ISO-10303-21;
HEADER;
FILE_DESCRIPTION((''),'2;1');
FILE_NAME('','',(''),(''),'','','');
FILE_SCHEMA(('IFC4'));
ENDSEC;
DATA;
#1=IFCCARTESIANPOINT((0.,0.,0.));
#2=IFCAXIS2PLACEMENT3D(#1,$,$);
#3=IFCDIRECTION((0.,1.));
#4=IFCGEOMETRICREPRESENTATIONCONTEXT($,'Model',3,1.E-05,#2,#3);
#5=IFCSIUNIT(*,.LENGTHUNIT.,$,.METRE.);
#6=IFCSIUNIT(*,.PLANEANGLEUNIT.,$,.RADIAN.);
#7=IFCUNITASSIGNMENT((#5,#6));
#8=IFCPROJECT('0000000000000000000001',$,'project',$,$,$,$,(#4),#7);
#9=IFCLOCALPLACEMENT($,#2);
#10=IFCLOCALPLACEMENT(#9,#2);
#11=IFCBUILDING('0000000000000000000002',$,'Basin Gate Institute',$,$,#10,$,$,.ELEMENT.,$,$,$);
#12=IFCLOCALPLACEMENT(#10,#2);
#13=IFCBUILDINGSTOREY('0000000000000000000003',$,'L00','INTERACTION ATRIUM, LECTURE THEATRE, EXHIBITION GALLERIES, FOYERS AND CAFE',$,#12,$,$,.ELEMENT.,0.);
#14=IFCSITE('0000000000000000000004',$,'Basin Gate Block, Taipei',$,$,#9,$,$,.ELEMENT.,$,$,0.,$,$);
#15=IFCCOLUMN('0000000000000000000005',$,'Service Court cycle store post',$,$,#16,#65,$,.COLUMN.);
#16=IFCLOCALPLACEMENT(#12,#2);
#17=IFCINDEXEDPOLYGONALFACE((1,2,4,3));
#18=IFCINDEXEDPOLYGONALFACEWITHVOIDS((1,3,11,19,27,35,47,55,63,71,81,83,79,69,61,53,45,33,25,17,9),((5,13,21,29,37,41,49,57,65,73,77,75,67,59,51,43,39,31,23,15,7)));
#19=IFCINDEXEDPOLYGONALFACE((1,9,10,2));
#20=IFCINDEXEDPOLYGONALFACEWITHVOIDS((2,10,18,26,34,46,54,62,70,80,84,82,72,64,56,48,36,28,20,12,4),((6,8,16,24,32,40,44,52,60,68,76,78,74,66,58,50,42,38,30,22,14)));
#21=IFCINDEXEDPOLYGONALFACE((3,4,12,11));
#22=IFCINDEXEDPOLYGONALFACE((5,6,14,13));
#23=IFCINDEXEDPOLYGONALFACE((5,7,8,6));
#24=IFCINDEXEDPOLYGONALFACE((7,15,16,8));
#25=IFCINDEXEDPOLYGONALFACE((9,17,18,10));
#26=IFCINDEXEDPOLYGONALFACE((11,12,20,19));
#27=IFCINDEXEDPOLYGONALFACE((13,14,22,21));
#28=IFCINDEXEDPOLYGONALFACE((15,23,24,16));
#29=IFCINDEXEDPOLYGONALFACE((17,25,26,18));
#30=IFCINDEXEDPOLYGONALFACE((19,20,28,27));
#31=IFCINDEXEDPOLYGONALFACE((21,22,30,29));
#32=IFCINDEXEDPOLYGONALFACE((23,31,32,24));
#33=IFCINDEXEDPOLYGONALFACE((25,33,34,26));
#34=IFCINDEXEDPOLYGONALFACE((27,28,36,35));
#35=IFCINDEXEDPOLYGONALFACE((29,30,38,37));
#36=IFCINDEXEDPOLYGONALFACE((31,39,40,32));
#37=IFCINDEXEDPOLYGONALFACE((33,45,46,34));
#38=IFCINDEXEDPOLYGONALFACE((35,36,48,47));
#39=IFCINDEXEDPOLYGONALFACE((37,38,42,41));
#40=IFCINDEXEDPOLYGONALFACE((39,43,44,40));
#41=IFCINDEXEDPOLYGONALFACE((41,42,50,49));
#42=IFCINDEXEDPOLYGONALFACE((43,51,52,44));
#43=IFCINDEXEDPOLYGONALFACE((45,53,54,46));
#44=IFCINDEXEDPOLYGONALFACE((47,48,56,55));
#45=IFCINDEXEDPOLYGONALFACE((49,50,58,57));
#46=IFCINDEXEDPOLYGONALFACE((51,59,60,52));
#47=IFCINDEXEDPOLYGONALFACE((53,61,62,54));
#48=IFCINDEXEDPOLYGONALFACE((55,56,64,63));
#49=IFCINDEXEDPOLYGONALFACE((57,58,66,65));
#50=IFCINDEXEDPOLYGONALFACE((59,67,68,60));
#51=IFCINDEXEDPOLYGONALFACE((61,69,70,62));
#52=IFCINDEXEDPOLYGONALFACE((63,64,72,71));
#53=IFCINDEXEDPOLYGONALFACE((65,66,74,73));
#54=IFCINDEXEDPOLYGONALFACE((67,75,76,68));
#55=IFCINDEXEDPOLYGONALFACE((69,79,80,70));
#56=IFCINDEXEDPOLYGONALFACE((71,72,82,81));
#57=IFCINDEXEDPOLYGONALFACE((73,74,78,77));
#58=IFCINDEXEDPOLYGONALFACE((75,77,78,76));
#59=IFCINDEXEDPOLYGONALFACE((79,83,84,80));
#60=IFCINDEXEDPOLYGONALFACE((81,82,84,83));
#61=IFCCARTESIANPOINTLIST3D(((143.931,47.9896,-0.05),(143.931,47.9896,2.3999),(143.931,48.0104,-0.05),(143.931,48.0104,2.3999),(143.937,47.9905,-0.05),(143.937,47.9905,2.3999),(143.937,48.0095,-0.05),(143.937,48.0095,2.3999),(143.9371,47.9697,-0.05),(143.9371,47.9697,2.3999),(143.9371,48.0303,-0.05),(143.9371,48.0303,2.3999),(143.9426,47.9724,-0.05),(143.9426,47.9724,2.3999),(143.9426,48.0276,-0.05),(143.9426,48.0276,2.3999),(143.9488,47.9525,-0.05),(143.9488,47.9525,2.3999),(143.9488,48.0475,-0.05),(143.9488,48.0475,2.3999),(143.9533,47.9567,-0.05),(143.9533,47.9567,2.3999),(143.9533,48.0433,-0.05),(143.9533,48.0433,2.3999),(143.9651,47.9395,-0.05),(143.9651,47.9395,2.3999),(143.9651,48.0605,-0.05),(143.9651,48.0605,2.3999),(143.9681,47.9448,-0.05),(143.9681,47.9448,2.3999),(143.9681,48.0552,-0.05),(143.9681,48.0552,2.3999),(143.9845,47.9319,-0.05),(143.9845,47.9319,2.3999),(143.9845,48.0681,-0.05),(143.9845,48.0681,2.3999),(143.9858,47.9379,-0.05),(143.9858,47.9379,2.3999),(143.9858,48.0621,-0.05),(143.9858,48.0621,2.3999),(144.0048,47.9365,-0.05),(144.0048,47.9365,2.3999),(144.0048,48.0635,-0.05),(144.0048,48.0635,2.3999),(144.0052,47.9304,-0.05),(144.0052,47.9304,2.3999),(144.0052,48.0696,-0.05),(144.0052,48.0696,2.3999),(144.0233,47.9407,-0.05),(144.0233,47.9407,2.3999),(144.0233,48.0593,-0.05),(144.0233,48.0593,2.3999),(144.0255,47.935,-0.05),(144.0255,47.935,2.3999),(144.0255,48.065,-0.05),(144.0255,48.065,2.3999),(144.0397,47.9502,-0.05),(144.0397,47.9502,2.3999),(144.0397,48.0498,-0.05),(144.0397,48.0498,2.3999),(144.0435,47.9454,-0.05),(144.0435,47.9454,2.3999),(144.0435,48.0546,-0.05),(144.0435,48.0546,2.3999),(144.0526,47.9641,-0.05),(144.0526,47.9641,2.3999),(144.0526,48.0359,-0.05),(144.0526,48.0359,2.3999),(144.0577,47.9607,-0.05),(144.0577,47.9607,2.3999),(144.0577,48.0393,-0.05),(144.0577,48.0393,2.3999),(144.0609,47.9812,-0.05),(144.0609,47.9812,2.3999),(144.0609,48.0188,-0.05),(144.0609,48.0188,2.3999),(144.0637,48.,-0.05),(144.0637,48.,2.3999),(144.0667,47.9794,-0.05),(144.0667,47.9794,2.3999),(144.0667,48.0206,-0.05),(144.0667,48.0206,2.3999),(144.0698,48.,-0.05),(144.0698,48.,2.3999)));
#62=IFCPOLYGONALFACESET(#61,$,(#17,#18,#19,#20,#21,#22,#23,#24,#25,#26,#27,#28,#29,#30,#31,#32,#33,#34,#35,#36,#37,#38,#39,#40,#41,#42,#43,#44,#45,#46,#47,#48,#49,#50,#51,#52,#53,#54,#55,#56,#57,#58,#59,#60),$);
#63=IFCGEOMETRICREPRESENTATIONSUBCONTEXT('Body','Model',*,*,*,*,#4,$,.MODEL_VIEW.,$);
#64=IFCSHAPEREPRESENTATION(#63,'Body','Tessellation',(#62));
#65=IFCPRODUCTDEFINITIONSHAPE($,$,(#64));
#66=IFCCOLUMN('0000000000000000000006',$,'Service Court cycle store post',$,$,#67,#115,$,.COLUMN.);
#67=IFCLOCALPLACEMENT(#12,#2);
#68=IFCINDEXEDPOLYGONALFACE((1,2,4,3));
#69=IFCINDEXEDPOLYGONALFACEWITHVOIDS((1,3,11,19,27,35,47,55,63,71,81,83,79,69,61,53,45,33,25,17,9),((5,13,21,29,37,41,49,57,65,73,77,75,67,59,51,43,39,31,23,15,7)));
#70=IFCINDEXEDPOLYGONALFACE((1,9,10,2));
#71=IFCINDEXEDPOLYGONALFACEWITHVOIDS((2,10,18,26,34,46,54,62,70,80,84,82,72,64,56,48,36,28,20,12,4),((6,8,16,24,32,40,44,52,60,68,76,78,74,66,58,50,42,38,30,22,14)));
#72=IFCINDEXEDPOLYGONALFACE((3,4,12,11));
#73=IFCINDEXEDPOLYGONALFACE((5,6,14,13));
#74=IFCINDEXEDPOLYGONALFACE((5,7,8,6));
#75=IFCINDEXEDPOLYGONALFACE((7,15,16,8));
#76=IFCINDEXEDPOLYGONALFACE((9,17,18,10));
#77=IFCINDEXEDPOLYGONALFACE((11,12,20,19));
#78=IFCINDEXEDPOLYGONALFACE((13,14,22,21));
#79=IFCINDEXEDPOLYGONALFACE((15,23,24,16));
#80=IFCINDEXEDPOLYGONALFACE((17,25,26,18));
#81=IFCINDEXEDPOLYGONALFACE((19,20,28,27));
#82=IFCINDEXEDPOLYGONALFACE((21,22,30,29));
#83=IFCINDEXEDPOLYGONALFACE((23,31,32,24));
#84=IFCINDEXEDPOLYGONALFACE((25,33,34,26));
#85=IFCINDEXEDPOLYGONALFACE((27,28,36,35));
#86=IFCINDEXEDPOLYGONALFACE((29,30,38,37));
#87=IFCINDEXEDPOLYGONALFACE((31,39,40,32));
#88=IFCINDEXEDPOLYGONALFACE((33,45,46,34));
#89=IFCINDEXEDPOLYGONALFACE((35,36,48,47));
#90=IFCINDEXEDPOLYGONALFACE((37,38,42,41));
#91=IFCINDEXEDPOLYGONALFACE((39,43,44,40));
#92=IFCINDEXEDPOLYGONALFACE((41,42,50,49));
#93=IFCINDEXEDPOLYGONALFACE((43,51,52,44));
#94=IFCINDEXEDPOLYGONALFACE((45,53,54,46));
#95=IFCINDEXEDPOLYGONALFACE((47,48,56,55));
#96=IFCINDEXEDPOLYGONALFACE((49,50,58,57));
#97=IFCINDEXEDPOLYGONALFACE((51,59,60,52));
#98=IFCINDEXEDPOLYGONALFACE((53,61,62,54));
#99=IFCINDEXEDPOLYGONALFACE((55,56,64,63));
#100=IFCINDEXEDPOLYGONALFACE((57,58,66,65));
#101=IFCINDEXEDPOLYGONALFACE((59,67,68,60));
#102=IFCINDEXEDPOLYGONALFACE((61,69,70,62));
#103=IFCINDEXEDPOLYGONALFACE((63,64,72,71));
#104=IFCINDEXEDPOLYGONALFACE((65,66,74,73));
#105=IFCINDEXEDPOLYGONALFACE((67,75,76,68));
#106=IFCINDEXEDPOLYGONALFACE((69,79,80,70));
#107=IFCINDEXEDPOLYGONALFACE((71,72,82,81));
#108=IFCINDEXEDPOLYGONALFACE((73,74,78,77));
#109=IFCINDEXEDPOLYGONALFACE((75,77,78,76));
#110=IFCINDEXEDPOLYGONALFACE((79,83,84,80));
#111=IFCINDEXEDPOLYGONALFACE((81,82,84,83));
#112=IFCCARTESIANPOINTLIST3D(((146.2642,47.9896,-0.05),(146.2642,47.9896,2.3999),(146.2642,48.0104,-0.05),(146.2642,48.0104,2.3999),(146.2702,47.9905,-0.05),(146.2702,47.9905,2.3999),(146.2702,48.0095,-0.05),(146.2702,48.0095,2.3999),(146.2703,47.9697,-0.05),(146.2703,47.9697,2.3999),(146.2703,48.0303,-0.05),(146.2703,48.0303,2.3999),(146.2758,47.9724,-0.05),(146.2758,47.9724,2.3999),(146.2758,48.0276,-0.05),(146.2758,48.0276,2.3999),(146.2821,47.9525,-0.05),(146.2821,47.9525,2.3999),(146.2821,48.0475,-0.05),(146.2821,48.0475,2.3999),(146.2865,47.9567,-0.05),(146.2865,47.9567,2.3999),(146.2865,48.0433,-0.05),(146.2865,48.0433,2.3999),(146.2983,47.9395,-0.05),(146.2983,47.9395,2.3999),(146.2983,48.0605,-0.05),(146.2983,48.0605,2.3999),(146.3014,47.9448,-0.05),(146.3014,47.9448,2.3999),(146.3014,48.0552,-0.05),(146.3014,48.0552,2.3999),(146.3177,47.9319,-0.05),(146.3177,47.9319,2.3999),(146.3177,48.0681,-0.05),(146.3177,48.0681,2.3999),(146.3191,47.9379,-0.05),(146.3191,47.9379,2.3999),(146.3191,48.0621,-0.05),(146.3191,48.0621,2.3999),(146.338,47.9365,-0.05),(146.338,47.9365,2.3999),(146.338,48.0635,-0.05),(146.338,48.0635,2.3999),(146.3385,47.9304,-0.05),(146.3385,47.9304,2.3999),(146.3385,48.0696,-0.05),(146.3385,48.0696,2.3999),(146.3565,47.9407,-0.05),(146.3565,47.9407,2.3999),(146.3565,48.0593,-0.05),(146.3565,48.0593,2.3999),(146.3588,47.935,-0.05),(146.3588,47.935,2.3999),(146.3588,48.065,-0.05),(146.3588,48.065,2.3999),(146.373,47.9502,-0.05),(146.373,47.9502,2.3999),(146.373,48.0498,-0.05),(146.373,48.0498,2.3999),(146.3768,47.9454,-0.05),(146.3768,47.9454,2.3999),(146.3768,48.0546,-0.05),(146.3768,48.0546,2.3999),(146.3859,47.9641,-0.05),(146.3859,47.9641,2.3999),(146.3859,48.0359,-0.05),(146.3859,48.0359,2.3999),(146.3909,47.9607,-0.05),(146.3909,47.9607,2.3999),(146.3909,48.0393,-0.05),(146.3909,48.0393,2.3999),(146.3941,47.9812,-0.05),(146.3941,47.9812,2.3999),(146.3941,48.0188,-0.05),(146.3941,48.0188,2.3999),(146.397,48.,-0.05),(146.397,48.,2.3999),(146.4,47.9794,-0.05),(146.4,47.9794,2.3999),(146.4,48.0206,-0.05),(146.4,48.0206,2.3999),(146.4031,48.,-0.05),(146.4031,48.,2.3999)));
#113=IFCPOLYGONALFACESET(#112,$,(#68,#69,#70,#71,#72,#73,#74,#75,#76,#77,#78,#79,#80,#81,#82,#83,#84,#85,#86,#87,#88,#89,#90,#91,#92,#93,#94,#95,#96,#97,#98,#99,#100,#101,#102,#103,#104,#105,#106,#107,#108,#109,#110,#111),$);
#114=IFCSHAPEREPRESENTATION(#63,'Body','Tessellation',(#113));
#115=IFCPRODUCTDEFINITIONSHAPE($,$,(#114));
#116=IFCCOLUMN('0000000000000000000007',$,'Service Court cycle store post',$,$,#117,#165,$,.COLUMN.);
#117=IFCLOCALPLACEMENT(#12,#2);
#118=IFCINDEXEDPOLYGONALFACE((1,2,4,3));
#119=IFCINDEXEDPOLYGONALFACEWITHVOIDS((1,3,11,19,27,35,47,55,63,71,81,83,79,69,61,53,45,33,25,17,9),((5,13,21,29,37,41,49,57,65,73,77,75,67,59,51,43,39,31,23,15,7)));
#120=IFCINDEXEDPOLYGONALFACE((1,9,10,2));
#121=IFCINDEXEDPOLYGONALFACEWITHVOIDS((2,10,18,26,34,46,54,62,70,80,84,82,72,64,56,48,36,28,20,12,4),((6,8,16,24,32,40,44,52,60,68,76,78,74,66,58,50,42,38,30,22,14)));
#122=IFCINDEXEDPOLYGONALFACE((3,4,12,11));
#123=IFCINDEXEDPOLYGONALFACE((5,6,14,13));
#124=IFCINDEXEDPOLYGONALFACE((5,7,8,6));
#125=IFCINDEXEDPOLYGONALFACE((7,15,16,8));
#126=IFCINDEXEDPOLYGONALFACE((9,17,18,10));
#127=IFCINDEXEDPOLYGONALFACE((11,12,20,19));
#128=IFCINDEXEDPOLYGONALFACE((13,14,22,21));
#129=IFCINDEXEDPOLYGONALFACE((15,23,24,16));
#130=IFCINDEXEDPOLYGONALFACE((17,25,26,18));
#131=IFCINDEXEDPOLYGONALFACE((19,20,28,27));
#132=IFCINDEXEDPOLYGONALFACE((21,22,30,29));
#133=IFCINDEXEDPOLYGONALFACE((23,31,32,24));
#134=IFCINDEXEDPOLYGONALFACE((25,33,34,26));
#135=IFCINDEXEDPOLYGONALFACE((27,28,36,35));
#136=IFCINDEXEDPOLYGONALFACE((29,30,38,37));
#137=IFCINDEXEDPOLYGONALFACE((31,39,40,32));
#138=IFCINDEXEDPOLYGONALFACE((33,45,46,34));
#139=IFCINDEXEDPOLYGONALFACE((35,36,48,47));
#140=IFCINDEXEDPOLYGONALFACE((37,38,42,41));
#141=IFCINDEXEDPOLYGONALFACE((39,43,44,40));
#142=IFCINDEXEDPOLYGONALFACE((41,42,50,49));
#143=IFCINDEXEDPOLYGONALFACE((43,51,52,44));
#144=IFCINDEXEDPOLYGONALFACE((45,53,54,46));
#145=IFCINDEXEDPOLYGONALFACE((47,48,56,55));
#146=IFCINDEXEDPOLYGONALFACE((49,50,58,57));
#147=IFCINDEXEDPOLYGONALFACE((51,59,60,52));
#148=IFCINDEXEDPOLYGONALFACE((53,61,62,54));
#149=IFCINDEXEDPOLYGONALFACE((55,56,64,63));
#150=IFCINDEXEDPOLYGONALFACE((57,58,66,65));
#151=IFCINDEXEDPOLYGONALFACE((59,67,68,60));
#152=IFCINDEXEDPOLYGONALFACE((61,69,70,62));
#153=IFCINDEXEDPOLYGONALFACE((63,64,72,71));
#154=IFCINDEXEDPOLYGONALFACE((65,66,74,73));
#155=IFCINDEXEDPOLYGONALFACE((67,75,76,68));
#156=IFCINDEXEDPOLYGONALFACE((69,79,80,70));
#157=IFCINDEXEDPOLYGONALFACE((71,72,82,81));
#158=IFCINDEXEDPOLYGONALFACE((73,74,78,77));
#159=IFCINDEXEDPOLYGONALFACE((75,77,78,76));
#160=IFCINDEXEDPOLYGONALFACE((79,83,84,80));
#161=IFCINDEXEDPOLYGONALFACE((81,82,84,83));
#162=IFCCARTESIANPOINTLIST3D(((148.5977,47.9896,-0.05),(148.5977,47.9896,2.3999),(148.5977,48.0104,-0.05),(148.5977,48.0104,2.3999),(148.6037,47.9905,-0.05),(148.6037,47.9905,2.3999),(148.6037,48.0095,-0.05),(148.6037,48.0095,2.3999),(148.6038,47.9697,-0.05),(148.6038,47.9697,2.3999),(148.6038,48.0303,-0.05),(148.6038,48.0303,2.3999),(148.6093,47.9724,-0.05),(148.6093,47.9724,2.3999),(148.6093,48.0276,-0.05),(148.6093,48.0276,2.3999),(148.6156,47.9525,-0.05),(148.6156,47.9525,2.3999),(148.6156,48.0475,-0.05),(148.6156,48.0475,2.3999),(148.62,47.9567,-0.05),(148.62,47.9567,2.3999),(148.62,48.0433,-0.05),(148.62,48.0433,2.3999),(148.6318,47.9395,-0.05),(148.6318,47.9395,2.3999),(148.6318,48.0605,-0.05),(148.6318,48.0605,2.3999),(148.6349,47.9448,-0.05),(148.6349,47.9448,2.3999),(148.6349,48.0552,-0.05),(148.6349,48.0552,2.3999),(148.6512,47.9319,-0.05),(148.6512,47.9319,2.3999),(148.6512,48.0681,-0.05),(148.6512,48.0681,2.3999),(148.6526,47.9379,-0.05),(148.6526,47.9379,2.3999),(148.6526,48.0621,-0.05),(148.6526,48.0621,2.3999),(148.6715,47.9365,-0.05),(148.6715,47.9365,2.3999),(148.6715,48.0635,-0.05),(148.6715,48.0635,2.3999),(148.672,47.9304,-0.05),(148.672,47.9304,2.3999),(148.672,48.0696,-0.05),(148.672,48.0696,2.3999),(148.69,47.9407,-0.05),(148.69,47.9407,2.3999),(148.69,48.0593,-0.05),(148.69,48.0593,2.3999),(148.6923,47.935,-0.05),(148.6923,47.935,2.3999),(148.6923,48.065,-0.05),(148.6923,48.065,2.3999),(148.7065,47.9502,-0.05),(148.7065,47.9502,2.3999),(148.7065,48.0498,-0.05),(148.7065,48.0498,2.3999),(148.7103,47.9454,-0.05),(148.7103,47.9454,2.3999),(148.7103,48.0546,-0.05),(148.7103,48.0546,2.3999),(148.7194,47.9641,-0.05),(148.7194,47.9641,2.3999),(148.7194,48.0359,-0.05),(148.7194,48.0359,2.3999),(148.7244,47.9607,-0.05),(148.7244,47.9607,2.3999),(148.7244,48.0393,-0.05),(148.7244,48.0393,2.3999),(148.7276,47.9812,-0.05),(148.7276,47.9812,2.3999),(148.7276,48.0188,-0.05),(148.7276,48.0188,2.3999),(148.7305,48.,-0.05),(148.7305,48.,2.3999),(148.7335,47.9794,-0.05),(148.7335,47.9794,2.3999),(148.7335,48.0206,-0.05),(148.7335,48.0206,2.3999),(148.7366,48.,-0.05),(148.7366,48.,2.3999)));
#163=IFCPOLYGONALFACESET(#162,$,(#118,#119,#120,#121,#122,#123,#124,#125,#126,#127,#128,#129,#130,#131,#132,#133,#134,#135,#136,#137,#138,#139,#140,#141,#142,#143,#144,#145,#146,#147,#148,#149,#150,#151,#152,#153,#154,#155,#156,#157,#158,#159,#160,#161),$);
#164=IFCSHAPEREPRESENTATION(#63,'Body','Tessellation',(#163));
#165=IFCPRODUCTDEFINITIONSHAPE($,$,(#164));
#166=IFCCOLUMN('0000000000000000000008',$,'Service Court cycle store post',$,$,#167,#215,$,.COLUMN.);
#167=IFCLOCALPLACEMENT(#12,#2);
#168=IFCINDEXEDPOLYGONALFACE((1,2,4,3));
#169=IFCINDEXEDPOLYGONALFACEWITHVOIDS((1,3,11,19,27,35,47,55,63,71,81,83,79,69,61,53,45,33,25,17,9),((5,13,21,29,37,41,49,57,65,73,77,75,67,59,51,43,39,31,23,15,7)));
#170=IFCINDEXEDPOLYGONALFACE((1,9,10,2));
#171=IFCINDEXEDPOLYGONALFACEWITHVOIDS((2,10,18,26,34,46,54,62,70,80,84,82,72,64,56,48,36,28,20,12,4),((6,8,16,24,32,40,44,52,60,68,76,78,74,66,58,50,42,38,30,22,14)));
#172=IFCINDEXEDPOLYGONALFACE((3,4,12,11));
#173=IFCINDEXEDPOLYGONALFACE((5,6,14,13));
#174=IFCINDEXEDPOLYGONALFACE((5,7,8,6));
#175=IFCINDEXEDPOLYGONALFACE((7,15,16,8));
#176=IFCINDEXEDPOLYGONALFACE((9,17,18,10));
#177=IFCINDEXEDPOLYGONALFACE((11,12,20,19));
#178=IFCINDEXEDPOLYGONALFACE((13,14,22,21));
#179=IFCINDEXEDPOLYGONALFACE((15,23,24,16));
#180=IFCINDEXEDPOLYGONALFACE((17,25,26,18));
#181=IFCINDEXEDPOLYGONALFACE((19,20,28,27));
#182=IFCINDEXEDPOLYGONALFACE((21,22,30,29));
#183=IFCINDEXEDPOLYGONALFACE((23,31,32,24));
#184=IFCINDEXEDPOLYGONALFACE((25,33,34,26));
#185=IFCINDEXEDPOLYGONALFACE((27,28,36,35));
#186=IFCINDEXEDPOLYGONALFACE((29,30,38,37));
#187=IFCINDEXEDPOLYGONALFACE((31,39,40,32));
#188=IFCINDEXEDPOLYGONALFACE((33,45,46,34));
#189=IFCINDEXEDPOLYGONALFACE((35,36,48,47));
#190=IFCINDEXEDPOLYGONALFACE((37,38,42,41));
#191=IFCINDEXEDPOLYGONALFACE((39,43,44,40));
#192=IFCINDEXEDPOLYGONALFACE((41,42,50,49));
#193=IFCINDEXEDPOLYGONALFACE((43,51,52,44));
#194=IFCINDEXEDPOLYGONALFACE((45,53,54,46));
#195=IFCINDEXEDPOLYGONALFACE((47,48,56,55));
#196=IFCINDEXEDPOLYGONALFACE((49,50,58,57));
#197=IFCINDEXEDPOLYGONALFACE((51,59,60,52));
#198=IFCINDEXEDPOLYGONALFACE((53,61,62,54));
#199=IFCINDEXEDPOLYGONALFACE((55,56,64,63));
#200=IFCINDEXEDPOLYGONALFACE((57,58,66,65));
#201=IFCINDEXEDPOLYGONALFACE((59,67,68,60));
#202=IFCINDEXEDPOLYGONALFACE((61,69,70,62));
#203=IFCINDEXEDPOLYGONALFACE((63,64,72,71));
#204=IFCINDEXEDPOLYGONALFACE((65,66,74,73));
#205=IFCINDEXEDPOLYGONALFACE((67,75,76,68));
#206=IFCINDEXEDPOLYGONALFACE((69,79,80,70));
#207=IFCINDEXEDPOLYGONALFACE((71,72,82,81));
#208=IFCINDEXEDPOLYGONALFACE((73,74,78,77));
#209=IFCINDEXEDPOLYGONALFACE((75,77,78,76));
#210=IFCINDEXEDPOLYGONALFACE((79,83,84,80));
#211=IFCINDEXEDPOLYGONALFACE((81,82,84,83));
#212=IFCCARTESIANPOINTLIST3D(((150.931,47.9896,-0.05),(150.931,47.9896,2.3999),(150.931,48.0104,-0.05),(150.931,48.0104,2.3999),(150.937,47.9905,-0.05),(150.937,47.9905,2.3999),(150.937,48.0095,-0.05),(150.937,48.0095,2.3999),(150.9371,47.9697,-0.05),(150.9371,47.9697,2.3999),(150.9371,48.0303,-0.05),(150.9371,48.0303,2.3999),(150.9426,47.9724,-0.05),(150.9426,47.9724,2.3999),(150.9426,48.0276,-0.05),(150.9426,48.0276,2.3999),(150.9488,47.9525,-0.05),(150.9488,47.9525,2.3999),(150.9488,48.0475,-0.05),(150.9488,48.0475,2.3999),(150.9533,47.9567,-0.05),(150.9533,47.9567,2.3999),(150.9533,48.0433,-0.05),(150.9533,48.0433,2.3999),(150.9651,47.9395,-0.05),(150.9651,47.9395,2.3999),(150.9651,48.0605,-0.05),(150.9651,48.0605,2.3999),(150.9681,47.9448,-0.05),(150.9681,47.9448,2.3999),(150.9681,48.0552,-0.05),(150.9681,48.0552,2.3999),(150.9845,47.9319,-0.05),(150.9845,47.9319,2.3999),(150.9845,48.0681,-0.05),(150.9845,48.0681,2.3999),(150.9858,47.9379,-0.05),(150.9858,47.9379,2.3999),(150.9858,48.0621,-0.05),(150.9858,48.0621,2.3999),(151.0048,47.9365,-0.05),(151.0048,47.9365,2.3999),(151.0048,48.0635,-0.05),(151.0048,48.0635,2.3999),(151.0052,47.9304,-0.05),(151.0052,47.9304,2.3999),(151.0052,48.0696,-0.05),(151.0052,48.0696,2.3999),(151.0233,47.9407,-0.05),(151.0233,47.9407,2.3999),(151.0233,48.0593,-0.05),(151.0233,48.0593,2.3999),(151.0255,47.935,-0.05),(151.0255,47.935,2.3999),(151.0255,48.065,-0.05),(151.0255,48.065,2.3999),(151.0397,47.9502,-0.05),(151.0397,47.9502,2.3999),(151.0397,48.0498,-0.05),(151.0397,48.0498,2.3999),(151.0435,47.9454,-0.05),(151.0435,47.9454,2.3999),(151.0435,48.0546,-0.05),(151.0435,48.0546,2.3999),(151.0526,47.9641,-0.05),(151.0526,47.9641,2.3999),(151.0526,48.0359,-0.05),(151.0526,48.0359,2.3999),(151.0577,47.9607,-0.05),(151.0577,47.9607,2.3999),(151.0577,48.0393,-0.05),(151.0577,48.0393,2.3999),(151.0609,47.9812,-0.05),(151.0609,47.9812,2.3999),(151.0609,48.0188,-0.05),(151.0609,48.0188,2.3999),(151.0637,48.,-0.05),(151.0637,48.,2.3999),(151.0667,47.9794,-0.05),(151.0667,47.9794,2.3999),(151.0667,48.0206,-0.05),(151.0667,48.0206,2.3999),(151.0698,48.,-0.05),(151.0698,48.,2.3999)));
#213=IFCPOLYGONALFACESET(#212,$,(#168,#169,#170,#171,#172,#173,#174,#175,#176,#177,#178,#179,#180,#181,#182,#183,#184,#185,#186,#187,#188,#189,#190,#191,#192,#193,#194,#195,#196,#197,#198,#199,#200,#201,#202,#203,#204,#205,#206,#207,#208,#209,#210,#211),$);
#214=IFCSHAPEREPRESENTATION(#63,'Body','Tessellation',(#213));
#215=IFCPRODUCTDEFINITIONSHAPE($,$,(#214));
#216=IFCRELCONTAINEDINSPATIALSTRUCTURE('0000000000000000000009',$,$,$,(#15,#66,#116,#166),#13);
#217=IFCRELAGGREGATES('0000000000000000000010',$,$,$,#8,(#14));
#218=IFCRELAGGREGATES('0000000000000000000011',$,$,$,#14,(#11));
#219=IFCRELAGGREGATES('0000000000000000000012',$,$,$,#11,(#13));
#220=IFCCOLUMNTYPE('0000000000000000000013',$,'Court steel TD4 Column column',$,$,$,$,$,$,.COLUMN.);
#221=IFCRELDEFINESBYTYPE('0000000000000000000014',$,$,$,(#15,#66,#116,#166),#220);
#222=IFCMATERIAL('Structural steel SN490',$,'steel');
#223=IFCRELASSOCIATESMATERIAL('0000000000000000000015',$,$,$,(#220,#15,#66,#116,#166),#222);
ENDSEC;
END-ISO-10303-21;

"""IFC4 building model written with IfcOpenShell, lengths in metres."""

from ifc_helpers import new_model, si_unit, direction, frame, origin, origin_2d, place, context, subcontext, project, spatial, hollow_circle, extrude, material, material_profile, profile_set, type_object, element, save


model = new_model("IFC4")

# Units and contexts
model_context = context("Model", 3, precision=1e-05, world=origin(), true_north=direction((0.0, 1.0)))
body_context = subcontext(model_context, "Body", "Model", "MODEL_VIEW")
ifc_project = project(units=[si_unit("LENGTHUNIT", "METRE"), si_unit("PLANEANGLEUNIT", "RADIAN")], contexts=[model_context])

# Site, building, storey
site_placement = place(None, origin())
site = spatial("IfcSite", under=ifc_project, at=site_placement, Name="Basin Gate Block, Taipei", CompositionType="ELEMENT", RefElevation=0.0)
building_placement = place(site_placement, origin())
building = spatial("IfcBuilding", under=site, at=building_placement, Name="Basin Gate Institute", CompositionType="ELEMENT")
storey_placement = place(building_placement, origin())
storey = spatial("IfcBuildingStorey", under=building, at=storey_placement, Name="L00", Description="INTERACTION ATRIUM, LECTURE THEATRE, EXHIBITION GALLERIES, FOYERS AND CAFE", CompositionType="ELEMENT", Elevation=0.0)

# Columns
ifc_material_1 = material(Name="Structural steel SN490", Category="steel")
ifc_material_profile = material_profile(ifc_material_1, hollow_circle(Radius=0.0698, WallThickness=0.0061, at=origin_2d()), Name="CHS139x6")
ifc_profile_set = profile_set([ifc_material_profile], Name="Structural steel SN490")
column_type = type_object("IfcColumnType", Name="Court steel TD4 Column column", PredefinedType="COLUMN", material=ifc_profile_set)
for number, where, z_axis, x_axis, name in (
    (1, (144.0, 48.0, -0.05), (0.0, 0.0, 1.0), (1.0, 0.0, 0.0), "Service Court cycle store post"),
    (2, (146.3333, 48.0, -0.05), (0.0, 0.0, 1.0), (1.0, 0.0, 0.0), "Service Court cycle store post"),
    (3, (148.6667, 48.0, -0.05), (0.0, 0.0, 1.0), (1.0, 0.0, 0.0), "Service Court cycle store post"),
    (4, (151.0, 48.0, -0.05), (0.0, 0.0, 1.0), (1.0, 0.0, 0.0), "Service Court cycle store post"),
):
    element("IfcColumn", number, at=place(storey_placement, frame(where, z_axis=z_axis, x_axis=x_axis)), inside=storey, type_object=column_type, material=ifc_profile_set, Name=name, PredefinedType="COLUMN", context=body_context, shape_type="SweptSolid", body=[
        extrude(hollow_circle(Radius=0.0698, WallThickness=0.0061, at=origin_2d()), origin(), (0.0, 0.0, 1.0), 2.45),
    ])

save(model, "model.ifc")
